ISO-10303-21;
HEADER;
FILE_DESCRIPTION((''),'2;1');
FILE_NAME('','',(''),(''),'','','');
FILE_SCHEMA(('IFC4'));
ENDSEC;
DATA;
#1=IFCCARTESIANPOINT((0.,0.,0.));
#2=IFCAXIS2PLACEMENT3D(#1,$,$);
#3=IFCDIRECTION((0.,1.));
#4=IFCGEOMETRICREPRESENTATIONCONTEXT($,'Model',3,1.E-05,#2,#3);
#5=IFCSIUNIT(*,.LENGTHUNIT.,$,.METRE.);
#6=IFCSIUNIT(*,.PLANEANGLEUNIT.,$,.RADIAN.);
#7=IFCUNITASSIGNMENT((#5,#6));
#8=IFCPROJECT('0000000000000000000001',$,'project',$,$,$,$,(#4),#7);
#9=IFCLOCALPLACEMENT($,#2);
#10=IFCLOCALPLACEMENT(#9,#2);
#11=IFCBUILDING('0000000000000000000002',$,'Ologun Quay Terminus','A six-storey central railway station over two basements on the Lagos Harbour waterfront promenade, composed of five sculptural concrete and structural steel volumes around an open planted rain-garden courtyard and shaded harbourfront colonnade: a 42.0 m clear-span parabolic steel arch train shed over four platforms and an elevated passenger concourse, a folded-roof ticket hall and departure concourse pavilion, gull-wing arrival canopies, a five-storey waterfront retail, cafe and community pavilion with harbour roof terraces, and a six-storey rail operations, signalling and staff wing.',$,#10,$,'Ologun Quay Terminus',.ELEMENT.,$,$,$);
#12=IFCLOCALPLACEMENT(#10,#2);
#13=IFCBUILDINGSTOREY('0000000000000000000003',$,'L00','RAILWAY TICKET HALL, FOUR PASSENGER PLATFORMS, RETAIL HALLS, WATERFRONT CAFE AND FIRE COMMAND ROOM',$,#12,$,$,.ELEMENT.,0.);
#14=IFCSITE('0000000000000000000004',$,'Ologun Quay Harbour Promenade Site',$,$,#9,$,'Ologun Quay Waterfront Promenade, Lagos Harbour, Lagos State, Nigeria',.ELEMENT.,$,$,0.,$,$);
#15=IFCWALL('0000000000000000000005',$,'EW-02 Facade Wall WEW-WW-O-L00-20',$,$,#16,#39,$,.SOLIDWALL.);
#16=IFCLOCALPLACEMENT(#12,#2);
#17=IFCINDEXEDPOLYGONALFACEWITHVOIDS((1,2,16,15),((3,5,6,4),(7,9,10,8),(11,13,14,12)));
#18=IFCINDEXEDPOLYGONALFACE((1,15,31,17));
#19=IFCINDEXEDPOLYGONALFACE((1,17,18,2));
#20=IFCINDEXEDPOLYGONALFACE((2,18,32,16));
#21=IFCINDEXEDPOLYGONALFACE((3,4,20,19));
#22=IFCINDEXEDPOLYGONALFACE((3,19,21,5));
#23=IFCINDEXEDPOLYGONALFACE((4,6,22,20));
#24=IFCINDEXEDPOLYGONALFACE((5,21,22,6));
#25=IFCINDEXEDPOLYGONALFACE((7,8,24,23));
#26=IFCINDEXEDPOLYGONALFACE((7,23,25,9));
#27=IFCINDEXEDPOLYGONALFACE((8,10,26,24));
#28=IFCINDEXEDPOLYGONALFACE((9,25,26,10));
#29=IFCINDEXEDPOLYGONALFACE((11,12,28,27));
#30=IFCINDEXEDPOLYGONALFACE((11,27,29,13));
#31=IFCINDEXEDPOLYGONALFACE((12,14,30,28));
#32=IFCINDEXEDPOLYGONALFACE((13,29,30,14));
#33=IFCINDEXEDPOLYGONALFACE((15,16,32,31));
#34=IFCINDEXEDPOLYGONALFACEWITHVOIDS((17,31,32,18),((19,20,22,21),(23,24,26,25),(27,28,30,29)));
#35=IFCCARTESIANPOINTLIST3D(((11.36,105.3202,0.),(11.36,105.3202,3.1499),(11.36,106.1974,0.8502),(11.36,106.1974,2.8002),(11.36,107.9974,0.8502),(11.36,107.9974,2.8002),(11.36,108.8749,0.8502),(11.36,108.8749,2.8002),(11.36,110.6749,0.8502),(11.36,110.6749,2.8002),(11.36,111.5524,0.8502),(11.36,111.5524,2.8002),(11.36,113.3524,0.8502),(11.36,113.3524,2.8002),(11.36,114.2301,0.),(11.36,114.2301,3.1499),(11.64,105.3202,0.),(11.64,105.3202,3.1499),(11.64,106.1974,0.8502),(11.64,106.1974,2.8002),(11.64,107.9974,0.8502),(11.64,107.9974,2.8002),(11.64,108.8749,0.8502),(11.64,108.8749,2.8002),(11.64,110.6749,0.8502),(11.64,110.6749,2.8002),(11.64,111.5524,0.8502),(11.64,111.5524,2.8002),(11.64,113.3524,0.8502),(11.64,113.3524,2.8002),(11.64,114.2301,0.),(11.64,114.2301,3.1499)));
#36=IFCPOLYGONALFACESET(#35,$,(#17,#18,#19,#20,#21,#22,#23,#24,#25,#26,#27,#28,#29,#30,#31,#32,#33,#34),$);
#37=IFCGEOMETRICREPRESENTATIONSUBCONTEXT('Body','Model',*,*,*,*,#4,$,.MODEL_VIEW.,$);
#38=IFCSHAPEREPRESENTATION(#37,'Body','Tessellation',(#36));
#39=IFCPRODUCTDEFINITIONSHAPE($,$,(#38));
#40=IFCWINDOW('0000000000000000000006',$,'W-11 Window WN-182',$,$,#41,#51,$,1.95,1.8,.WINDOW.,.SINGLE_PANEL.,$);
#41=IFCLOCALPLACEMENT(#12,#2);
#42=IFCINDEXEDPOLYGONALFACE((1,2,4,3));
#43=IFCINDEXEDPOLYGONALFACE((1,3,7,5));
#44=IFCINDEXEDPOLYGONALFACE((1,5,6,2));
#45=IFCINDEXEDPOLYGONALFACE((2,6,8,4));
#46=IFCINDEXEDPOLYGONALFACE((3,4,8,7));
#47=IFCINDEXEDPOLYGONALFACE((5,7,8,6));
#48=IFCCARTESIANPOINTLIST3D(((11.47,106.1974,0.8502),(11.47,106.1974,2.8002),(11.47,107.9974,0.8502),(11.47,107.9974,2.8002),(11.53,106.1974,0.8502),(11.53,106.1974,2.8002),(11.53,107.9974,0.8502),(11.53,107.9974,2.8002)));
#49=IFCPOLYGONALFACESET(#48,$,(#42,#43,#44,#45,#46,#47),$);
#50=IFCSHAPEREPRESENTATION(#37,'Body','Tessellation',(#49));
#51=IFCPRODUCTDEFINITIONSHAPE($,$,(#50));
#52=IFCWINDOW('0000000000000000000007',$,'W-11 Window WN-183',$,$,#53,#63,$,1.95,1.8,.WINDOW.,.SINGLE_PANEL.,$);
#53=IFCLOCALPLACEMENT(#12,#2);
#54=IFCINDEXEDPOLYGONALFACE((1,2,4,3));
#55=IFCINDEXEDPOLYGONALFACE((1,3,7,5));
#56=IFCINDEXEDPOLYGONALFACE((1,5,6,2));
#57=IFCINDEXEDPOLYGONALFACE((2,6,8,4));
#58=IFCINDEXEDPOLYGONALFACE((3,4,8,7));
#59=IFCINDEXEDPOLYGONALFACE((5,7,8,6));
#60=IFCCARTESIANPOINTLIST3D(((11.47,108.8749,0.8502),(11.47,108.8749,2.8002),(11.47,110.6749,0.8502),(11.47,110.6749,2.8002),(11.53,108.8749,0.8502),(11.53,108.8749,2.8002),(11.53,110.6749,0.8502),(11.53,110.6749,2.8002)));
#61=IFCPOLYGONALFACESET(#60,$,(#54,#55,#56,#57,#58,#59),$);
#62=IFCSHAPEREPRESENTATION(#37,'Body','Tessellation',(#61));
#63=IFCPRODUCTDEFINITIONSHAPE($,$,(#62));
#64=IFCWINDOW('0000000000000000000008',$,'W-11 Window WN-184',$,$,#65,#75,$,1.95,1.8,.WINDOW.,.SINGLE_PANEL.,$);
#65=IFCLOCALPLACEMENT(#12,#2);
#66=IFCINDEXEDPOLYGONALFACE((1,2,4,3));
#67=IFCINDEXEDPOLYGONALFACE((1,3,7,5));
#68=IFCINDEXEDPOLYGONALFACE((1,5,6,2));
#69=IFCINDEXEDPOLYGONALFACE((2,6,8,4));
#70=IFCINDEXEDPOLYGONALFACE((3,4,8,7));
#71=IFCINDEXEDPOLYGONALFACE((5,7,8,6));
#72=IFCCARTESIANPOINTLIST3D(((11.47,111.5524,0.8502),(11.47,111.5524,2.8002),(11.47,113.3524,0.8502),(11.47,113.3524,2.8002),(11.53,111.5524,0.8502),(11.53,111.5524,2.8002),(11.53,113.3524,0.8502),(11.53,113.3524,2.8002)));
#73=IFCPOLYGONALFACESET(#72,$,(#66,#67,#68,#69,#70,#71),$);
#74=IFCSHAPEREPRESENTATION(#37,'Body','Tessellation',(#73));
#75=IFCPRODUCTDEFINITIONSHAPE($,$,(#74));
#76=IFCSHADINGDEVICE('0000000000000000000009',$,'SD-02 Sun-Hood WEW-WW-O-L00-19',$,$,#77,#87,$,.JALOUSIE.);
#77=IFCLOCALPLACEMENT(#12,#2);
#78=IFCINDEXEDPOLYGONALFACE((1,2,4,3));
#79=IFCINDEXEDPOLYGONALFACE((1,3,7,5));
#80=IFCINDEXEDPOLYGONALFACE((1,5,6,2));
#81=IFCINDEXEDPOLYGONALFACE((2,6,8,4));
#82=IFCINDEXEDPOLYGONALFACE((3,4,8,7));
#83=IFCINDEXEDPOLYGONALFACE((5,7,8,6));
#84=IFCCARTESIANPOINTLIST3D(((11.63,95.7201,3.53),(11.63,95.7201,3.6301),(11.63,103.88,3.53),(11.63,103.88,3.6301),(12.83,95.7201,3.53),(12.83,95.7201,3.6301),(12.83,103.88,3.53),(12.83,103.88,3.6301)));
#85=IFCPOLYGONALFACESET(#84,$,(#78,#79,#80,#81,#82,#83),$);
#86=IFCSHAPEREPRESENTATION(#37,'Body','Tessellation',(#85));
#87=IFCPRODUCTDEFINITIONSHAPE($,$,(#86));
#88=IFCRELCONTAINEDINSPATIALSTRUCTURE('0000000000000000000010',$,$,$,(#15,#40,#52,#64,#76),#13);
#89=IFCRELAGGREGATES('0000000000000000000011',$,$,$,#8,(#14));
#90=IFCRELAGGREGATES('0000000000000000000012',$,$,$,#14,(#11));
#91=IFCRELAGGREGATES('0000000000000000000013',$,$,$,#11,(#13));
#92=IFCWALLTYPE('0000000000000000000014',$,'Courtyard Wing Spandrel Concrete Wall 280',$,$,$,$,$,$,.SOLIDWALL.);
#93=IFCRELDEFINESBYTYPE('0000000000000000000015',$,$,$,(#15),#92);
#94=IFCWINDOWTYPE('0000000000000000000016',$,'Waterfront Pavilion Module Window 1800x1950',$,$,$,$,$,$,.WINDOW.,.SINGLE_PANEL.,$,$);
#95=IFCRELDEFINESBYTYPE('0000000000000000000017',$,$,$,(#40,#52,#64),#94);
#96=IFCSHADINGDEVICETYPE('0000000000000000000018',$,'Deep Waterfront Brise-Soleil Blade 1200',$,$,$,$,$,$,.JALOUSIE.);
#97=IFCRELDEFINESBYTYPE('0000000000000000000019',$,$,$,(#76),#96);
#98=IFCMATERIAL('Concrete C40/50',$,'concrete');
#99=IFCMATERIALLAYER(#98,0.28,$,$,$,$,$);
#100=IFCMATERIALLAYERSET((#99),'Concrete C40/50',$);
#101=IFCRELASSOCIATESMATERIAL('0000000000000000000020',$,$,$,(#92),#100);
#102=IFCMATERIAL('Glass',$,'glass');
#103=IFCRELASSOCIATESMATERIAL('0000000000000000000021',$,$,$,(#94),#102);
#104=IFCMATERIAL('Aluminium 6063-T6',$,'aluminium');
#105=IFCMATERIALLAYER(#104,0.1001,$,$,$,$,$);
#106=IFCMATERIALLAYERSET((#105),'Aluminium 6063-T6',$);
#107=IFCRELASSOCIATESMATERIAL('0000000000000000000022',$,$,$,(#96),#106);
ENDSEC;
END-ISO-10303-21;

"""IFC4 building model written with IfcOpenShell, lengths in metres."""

from ifc_helpers import new_model, si_unit, direction, frame, frame_2d, origin, origin_2d, place, context, subcontext, project, spatial, rectangle, extrude, material, layer, layer_set, type_object, element, fill, save


model = new_model("IFC4")

# Units and contexts
model_context = context("Model", 3, precision=1e-05, world=origin(), true_north=direction((0.0, 1.0)))
body_context = subcontext(model_context, "Body", "Model", "MODEL_VIEW")
ifc_project = project(units=[si_unit("LENGTHUNIT", "METRE"), si_unit("PLANEANGLEUNIT", "RADIAN")], contexts=[model_context])

# Site, building, storey
site_placement = place(None, origin())
site = spatial("IfcSite", under=ifc_project, at=site_placement, Name="Ologun Quay Harbour Promenade Site", LongName="Ologun Quay Waterfront Promenade, Lagos Harbour, Lagos State, Nigeria", CompositionType="ELEMENT", RefElevation=0.0)
building_placement = place(site_placement, origin())
building = spatial("IfcBuilding", under=site, at=building_placement, Name="Ologun Quay Terminus", Description="A six-storey central railway station over two basements on the Lagos Harbour waterfront promenade, composed of five sculptural concrete and structural steel volumes around an open planted rain-garden courtyard and shaded harbourfront colonnade: a 42.0 m clear-span parabolic steel arch train shed over four platforms and an elevated passenger concourse, a folded-roof ticket hall and departure concourse pavilion, gull-wing arrival canopies, a five-storey waterfront retail, cafe and community pavilion with harbour roof terraces, and a six-storey rail operations, signalling and staff wing.", LongName="Ologun Quay Terminus", CompositionType="ELEMENT")
storey_placement = place(building_placement, origin())
storey = spatial("IfcBuildingStorey", under=building, at=storey_placement, Name="L00", Description="RAILWAY TICKET HALL, FOUR PASSENGER PLATFORMS, RETAIL HALLS, WATERFRONT CAFE AND FIRE COMMAND ROOM", CompositionType="ELEMENT", Elevation=0.0)

# Shared definitions
ifc_material_1 = material(Name="Concrete C40/50", Category="concrete")
ifc_layer_1 = layer(ifc_material_1, 0.28)
ifc_layer_set_1 = layer_set([ifc_layer_1], Name="Concrete C40/50")
wall_type_1 = type_object("IfcWallType", Name="Courtyard Wing Spandrel Concrete Wall 280", PredefinedType="SOLIDWALL", material=ifc_layer_set_1)
ifc_material_2 = material(Name="Glass", Category="glass")
window_type = type_object("IfcWindowType", Name="Waterfront Pavilion Module Window 1800x1950", PartitioningType="SINGLE_PANEL", PredefinedType="WINDOW", material=ifc_material_2)

# Wall, openings, windows
wall_1_placement = place(storey_placement, frame((11.5, 105.3201, 0.0), z_axis=(0.0, 0.0, 1.0), x_axis=(0.0, 1.0, 0.0)))
wall_1 = element("IfcWall", 1, at=wall_1_placement, inside=storey, type_object=wall_type_1, Name="EW-02 Facade Wall WEW-WW-O-L00-20", PredefinedType="SOLIDWALL", context=body_context, shape_type="SweptSolid", body=[
    extrude(rectangle(XDim=8.9099, YDim=0.28, at=frame_2d((4.4551, 0.0))), origin(), (0.0, 0.0, 1.0), 3.1499),
])
opening_1_placement = place(wall_1_placement, frame((0.8774, 0.0, 0.8501)))
opening_1 = element("IfcOpeningElement", 2, at=opening_1_placement, cuts=wall_1, PredefinedType="OPENING", context=body_context, shape_type="SweptSolid", body=[
    extrude(rectangle(XDim=1.8, YDim=1.95, at=frame_2d((0.8999, 0.9751))), frame((0.0, 0.1499, 0.0), z_axis=(0.0, -1.0, 0.0), x_axis=(1.0, 0.0, 0.0)), (0.0, 0.0, 1.0), 0.3),
])
opening_2_placement = place(wall_1_placement, frame((3.5549, 0.0, 0.8501)))
opening_2 = element("IfcOpeningElement", 3, at=opening_2_placement, cuts=wall_1, PredefinedType="OPENING", context=body_context, shape_type="SweptSolid", body=[
    extrude(rectangle(XDim=1.8, YDim=1.95, at=frame_2d((0.8999, 0.9751))), frame((0.0, 0.1499, 0.0), z_axis=(0.0, -1.0, 0.0), x_axis=(1.0, 0.0, 0.0)), (0.0, 0.0, 1.0), 0.3),
])
opening_3_placement = place(wall_1_placement, frame((6.2324, 0.0, 0.8501)))
opening_3 = element("IfcOpeningElement", 4, at=opening_3_placement, cuts=wall_1, PredefinedType="OPENING", context=body_context, shape_type="SweptSolid", body=[
    extrude(rectangle(XDim=1.8, YDim=1.95, at=frame_2d((0.8999, 0.9751))), frame((0.0, 0.1499, 0.0), z_axis=(0.0, -1.0, 0.0), x_axis=(1.0, 0.0, 0.0)), (0.0, 0.0, 1.0), 0.3),
])
window_1_placement = place(opening_1_placement, origin())
window_1 = element("IfcWindow", 5, at=window_1_placement, inside=storey, type_object=window_type, Name="W-11 Window WN-182", OverallHeight=1.95, OverallWidth=1.8, PartitioningType="SINGLE_PANEL", PredefinedType="WINDOW", context=body_context, shape_type="SweptSolid", body=[
    extrude(rectangle(XDim=1.8, YDim=1.95, at=frame_2d((0.8999, 0.9751))), frame((0.0, 0.03, 0.0), z_axis=(0.0, -1.0, 0.0), x_axis=(1.0, 0.0, 0.0)), (0.0, 0.0, 1.0), 0.0601),
])
fill(opening_1, window_1)
window_2_placement = place(opening_2_placement, origin())
window_2 = element("IfcWindow", 6, at=window_2_placement, inside=storey, type_object=window_type, Name="W-11 Window WN-183", OverallHeight=1.95, OverallWidth=1.8, PartitioningType="SINGLE_PANEL", PredefinedType="WINDOW", context=body_context, shape_type="SweptSolid", body=[
    extrude(rectangle(XDim=1.8, YDim=1.95, at=frame_2d((0.8999, 0.9751))), frame((0.0, 0.03, 0.0), z_axis=(0.0, -1.0, 0.0), x_axis=(1.0, 0.0, 0.0)), (0.0, 0.0, 1.0), 0.0601),
])
fill(opening_2, window_2)
window_3_placement = place(opening_3_placement, origin())
window_3 = element("IfcWindow", 7, at=window_3_placement, inside=storey, type_object=window_type, Name="W-11 Window WN-184", OverallHeight=1.95, OverallWidth=1.8, PartitioningType="SINGLE_PANEL", PredefinedType="WINDOW", context=body_context, shape_type="SweptSolid", body=[
    extrude(rectangle(XDim=1.8, YDim=1.95, at=frame_2d((0.8999, 0.9751))), frame((0.0, 0.03, 0.0), z_axis=(0.0, -1.0, 0.0), x_axis=(1.0, 0.0, 0.0)), (0.0, 0.0, 1.0), 0.0601),
])
fill(opening_3, window_3)

# Shading device
ifc_material_3 = material(Name="Aluminium 6063-T6", Category="aluminium")
ifc_layer_2 = layer(ifc_material_3, 0.1001)
ifc_layer_set_2 = layer_set([ifc_layer_2], Name="Aluminium 6063-T6")
shading_device_type = type_object("IfcShadingDeviceType", Name="Deep Waterfront Brise-Soleil Blade 1200", PredefinedType="JALOUSIE", material=ifc_layer_set_2)
shading_device_placement = place(storey_placement, frame((12.23, 99.8, 3.53), z_axis=(0.0, 0.0, 1.0), x_axis=(1.0, 0.0, 0.0)))
element("IfcShadingDevice", 8, at=shading_device_placement, inside=storey, type_object=shading_device_type, Name="SD-02 Sun-Hood WEW-WW-O-L00-19", PredefinedType="JALOUSIE", context=body_context, shape_type="SweptSolid", body=[
    extrude(rectangle(XDim=1.2, YDim=8.1599, at=origin_2d()), origin(), (0.0, 0.0, 1.0), 0.1001),
])

save(model, "model.ifc")
